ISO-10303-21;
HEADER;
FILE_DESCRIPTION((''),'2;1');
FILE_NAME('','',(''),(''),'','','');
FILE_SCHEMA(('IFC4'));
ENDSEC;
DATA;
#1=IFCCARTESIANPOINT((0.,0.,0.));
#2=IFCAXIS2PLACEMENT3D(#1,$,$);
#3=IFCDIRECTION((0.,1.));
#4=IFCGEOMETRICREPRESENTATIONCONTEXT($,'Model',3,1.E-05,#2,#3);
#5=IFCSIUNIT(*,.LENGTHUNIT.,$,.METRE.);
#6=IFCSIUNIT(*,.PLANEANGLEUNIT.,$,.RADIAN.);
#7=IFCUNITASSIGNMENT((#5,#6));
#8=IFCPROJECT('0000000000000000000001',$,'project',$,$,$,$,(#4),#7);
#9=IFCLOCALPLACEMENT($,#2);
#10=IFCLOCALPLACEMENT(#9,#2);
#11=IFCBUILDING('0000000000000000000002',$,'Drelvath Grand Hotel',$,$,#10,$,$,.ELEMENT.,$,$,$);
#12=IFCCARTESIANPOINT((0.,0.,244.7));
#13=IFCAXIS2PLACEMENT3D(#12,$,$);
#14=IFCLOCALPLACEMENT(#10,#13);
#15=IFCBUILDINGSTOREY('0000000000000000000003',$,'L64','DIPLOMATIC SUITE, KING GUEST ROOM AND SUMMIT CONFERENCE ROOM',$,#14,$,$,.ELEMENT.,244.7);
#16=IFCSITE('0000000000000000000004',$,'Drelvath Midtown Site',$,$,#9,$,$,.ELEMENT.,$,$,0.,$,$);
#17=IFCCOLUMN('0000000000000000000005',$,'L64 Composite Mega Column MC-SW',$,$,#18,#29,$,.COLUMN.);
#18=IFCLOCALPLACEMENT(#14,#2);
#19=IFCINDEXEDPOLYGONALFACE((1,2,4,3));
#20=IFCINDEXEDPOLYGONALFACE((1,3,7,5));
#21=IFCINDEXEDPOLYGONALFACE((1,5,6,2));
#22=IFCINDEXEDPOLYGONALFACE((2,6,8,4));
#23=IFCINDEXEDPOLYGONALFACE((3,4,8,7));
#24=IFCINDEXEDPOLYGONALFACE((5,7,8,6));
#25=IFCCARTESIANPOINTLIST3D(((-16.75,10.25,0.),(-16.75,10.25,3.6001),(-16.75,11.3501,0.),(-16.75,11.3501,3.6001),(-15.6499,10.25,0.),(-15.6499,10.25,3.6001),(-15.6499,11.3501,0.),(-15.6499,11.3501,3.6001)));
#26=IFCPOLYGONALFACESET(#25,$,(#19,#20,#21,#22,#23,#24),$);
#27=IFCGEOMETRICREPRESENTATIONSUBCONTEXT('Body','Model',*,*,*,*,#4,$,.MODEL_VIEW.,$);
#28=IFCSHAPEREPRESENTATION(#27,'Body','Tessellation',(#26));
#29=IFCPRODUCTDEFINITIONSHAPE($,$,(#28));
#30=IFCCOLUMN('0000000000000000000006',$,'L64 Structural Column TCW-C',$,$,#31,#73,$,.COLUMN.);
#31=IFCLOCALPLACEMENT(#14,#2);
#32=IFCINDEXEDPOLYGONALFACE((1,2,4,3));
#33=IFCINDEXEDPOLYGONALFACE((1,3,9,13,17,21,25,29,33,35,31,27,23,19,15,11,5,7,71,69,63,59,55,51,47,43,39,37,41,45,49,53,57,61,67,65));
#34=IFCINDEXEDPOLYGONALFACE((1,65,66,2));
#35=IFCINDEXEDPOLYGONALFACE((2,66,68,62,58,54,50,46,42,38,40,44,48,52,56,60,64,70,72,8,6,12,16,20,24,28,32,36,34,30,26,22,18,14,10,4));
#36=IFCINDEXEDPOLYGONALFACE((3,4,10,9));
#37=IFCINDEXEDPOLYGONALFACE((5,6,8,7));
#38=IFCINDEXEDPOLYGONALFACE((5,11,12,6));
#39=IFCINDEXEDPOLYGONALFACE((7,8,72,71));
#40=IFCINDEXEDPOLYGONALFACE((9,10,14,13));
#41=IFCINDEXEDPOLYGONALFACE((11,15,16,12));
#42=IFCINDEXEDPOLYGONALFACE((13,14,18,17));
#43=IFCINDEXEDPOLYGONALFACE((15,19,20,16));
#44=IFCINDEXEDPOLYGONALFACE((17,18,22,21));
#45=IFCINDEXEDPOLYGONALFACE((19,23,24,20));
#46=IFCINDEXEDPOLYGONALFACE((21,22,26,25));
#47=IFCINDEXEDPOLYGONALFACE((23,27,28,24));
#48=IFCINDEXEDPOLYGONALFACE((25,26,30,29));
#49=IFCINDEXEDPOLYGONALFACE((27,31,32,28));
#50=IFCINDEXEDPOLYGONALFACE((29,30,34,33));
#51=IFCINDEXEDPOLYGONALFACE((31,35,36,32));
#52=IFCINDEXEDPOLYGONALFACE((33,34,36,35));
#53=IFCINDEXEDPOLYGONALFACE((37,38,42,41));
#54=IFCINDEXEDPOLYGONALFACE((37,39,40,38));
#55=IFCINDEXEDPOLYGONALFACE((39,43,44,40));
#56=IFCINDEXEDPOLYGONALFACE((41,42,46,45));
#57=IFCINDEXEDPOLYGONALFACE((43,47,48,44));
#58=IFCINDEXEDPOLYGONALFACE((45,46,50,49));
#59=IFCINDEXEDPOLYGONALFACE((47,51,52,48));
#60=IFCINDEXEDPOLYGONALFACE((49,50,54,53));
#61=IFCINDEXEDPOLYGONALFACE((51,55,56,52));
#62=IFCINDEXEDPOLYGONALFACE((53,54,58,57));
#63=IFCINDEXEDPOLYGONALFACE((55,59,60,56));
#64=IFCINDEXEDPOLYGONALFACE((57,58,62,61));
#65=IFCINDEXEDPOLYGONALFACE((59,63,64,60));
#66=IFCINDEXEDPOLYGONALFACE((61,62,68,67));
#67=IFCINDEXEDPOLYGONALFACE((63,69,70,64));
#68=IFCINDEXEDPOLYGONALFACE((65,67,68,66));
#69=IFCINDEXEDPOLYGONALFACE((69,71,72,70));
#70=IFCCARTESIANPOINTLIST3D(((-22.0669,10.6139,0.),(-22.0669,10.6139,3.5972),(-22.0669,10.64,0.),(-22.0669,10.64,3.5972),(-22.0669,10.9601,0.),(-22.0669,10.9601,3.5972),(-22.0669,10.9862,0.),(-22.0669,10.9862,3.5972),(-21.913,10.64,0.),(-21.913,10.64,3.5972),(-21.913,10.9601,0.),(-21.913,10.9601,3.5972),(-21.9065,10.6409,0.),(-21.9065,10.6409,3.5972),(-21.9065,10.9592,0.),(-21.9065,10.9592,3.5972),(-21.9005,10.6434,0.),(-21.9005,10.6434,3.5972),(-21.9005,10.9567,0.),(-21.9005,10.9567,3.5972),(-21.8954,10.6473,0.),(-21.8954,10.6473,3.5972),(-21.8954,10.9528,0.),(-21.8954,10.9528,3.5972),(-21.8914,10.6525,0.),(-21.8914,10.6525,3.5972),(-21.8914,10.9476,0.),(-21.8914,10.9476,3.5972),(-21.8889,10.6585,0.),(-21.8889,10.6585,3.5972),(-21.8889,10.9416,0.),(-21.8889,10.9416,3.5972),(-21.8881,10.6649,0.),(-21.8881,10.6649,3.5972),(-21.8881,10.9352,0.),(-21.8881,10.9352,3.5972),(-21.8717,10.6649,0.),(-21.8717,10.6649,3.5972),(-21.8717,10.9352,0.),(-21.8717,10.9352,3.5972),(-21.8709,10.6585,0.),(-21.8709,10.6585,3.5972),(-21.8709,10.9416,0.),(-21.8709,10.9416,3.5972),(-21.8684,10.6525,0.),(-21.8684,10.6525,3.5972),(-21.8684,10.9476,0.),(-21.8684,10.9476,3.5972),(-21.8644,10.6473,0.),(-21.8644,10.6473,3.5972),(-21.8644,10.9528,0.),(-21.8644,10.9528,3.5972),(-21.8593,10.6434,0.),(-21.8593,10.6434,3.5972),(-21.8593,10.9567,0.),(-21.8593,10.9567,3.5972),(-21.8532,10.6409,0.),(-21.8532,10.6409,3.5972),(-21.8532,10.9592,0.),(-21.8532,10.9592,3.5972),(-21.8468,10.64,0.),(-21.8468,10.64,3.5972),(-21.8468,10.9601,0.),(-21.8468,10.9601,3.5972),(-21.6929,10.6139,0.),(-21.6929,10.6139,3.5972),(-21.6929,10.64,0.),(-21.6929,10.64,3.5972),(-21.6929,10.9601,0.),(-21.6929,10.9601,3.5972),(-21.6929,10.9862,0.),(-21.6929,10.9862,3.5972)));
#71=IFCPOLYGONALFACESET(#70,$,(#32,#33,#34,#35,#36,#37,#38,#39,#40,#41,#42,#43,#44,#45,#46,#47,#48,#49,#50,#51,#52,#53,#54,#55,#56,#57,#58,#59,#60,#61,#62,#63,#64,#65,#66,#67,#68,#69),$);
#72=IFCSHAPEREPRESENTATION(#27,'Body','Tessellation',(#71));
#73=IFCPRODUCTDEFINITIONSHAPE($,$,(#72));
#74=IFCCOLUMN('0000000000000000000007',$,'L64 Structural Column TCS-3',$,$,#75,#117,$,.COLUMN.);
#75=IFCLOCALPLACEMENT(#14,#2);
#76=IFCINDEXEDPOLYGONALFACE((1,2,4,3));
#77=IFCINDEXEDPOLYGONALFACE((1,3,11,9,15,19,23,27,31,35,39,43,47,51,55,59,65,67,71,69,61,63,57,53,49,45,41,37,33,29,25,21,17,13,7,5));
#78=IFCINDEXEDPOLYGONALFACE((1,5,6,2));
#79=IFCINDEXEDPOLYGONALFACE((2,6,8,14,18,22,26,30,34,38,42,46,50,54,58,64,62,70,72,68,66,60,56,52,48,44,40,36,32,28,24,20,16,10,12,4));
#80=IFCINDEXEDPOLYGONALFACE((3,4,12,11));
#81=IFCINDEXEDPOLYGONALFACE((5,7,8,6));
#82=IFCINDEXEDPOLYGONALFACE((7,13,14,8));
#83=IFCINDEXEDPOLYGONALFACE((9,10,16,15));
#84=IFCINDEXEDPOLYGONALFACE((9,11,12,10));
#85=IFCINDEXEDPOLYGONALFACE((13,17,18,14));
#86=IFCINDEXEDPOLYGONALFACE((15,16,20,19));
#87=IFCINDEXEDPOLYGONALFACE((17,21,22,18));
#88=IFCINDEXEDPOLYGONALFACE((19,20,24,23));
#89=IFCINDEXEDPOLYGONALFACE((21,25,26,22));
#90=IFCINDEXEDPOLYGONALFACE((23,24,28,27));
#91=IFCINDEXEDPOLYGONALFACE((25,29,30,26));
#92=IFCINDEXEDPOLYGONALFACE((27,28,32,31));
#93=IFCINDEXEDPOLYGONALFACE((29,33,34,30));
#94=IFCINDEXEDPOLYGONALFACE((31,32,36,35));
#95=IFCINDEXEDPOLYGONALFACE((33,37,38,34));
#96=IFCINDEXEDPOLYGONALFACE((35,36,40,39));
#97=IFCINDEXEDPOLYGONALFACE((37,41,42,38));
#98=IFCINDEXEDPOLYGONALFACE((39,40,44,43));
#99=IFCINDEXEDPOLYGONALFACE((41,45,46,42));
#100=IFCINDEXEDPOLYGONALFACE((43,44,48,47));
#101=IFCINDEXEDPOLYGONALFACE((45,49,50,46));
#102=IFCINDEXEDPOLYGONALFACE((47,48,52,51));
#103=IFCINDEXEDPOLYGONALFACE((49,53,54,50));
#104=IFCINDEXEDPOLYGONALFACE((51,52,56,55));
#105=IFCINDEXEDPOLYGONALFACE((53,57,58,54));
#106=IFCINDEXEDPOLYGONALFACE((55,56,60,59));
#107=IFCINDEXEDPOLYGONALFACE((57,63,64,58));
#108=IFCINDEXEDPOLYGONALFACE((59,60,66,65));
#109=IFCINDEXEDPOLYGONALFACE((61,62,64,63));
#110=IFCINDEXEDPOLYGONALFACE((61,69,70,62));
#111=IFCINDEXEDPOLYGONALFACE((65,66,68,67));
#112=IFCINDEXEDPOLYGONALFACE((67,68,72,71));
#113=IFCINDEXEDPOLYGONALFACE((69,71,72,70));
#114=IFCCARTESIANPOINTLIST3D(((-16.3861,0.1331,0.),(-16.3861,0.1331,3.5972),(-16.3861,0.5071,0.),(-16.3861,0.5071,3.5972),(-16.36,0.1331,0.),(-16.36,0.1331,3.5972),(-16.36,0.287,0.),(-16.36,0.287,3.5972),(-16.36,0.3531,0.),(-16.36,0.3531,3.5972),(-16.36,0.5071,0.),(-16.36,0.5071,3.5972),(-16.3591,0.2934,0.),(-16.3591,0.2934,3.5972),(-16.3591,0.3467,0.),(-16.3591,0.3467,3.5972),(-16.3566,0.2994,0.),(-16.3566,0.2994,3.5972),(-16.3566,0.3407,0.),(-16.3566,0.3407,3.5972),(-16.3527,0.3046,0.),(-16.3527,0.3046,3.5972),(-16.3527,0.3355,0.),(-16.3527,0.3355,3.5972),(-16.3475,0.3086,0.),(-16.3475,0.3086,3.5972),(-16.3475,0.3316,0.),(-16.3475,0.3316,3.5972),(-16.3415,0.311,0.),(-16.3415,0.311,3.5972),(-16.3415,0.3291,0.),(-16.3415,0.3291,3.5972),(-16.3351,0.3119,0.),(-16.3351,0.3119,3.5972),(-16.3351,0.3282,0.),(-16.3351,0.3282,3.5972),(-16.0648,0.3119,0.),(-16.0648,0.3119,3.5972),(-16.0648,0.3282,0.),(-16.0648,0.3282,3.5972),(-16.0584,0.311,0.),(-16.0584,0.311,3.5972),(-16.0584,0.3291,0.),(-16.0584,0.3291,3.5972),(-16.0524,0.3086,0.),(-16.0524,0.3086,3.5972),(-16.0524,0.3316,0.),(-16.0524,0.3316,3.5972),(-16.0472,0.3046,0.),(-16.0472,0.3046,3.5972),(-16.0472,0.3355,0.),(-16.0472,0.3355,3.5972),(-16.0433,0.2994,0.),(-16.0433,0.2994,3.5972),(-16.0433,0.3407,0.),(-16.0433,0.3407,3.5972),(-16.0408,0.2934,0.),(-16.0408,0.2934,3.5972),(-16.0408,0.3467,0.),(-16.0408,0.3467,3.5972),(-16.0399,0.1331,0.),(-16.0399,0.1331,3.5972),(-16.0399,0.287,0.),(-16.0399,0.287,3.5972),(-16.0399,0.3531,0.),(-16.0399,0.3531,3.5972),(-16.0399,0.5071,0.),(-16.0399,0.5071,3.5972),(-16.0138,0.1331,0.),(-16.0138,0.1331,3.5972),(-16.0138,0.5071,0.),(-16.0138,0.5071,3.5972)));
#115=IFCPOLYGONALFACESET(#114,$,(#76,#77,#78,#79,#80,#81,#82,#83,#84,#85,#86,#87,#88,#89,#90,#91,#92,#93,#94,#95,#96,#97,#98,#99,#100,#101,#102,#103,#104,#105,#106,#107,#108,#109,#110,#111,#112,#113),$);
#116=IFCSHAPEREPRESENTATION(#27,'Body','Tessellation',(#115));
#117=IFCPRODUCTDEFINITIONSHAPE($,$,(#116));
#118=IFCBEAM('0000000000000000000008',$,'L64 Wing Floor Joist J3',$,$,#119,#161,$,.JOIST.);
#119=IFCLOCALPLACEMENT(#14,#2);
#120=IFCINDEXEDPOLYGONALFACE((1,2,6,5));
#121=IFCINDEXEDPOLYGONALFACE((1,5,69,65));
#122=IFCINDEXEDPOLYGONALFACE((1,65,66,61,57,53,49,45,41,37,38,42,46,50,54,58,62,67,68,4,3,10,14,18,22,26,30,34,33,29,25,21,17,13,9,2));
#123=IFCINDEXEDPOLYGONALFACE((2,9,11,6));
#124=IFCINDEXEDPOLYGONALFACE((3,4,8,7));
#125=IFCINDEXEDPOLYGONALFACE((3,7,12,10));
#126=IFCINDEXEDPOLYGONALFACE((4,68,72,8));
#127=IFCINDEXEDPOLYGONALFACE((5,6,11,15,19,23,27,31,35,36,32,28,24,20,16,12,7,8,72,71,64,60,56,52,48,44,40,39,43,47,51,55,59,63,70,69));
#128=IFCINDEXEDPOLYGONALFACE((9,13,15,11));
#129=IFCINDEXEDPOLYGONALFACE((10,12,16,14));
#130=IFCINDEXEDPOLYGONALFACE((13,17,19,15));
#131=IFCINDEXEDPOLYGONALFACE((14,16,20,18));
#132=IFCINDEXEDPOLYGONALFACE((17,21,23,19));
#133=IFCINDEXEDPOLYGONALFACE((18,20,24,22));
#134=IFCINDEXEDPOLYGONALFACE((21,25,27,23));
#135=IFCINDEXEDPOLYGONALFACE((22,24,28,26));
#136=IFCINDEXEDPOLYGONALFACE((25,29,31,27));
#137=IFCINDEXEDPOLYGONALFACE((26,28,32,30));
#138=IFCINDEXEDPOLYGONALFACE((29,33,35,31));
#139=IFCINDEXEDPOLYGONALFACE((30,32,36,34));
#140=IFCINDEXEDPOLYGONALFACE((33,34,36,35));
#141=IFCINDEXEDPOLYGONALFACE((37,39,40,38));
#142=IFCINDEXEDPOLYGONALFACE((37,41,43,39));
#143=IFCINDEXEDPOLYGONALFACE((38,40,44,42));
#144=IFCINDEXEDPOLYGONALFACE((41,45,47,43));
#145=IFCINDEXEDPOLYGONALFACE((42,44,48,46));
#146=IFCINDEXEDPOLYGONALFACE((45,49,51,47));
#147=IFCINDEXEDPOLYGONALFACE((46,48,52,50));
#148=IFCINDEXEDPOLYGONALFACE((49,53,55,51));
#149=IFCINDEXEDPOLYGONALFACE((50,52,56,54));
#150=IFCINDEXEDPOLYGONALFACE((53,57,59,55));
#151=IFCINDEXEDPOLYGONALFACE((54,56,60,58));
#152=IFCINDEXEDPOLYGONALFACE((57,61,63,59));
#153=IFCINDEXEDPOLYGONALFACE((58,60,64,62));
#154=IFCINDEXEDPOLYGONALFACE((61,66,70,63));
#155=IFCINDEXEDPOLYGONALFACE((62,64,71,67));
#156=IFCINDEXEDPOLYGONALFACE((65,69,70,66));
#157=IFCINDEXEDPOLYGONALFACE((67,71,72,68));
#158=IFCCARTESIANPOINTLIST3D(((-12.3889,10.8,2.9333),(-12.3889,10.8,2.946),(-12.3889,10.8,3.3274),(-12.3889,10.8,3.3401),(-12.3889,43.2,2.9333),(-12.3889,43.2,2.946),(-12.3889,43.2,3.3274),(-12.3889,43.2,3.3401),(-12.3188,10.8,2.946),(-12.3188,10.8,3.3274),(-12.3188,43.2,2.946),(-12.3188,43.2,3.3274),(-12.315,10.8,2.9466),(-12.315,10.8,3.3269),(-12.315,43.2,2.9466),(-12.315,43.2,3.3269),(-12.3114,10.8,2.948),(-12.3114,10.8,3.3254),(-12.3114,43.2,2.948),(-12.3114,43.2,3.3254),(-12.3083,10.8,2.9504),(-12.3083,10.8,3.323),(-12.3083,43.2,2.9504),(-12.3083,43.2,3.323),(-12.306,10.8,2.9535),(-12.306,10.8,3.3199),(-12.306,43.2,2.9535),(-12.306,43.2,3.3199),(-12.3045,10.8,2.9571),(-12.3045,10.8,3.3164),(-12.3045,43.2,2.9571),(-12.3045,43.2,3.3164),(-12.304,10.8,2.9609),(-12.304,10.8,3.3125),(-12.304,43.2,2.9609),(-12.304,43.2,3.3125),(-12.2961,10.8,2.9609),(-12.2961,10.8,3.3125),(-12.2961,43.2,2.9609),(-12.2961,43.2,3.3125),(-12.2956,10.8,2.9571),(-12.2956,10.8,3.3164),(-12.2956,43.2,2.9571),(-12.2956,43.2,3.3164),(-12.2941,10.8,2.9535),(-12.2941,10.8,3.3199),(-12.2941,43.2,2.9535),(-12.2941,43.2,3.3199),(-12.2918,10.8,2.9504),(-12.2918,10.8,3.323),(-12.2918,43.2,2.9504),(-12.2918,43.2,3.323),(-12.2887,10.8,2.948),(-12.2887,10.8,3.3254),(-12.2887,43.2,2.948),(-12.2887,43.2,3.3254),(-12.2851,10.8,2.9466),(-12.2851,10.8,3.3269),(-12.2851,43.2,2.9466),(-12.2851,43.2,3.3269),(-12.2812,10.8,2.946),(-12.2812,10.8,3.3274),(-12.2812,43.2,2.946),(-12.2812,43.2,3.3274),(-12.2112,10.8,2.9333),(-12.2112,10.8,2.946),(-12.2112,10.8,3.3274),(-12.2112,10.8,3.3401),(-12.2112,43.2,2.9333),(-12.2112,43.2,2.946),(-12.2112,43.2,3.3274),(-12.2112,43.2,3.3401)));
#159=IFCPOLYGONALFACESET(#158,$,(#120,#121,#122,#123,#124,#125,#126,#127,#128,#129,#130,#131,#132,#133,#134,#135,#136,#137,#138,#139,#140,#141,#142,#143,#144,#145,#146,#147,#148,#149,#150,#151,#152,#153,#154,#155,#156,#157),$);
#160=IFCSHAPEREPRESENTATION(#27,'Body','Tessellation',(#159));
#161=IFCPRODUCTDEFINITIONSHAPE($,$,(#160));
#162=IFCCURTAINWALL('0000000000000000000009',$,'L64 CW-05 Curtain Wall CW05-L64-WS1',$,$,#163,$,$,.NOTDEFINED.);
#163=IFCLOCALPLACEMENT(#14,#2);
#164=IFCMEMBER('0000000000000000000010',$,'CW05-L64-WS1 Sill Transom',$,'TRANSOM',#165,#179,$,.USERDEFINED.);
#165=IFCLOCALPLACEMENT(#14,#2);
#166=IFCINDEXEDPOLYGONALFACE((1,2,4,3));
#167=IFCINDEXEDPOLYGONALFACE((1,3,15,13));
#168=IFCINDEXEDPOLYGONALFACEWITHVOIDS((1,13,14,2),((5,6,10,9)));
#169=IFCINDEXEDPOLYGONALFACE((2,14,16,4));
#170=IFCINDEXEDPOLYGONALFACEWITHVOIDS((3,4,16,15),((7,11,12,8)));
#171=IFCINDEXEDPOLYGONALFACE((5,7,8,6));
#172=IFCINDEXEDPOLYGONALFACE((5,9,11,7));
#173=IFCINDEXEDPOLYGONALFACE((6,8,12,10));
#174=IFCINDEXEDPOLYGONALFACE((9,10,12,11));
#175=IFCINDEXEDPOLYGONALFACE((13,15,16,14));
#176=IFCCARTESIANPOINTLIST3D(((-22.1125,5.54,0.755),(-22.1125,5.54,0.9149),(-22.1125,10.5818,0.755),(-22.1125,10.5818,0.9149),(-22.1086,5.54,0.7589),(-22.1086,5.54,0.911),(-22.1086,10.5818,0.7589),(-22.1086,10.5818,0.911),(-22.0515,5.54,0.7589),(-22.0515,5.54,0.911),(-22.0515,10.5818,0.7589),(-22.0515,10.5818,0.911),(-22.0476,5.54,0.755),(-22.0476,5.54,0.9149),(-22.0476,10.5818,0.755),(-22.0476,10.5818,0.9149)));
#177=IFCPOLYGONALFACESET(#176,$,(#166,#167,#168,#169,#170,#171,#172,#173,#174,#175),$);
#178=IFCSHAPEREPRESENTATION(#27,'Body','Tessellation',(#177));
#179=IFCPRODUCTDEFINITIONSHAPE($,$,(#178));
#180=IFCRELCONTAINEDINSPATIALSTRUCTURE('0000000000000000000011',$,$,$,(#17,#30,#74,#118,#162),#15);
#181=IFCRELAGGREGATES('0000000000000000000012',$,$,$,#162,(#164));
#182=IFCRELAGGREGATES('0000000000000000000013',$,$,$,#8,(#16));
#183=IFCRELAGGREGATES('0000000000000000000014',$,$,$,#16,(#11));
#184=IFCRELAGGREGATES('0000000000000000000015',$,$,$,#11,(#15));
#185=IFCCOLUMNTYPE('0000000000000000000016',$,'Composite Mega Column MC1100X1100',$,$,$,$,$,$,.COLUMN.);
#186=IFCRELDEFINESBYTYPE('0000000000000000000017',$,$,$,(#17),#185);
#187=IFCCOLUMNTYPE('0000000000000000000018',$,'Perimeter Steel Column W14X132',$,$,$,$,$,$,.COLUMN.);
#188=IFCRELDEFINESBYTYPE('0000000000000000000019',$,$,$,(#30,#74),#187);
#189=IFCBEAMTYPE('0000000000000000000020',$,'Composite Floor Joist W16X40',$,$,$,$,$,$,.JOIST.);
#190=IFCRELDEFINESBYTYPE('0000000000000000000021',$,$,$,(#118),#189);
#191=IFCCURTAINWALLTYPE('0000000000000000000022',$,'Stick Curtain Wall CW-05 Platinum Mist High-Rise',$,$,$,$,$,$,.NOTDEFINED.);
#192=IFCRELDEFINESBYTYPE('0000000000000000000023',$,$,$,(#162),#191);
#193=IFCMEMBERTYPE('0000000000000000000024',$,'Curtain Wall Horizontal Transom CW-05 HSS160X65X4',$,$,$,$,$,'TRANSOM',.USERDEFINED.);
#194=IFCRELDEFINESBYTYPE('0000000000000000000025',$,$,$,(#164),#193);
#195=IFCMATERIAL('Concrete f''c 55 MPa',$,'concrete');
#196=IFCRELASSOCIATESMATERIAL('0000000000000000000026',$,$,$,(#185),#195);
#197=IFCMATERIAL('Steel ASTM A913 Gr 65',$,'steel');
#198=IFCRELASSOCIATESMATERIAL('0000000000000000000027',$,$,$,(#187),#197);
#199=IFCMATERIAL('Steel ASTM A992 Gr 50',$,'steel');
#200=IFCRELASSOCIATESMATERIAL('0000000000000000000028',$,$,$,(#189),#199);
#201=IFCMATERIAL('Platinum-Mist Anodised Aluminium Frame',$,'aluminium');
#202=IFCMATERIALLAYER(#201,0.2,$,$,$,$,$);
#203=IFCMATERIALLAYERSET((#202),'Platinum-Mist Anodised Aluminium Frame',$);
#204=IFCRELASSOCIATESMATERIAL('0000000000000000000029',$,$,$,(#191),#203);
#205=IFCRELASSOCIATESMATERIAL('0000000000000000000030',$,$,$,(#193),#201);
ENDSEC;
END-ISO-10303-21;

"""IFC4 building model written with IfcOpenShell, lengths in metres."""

from ifc_helpers import new_model, si_unit, direction, frame, origin, origin_2d, place, context, subcontext, project, spatial, rectangle, hollow_rectangle, i_section, extrude, material, layer, layer_set, material_profile, profile_set, type_object, element, aggregate, save


model = new_model("IFC4")

# Units and contexts
model_context = context("Model", 3, precision=1e-05, world=origin(), true_north=direction((0.0, 1.0)))
body_context = subcontext(model_context, "Body", "Model", "MODEL_VIEW")
ifc_project = project(units=[si_unit("LENGTHUNIT", "METRE"), si_unit("PLANEANGLEUNIT", "RADIAN")], contexts=[model_context])

# Site, building, storey
site_placement = place(None, origin())
site = spatial("IfcSite", under=ifc_project, at=site_placement, Name="Drelvath Midtown Site", CompositionType="ELEMENT", RefElevation=0.0)
building_placement = place(site_placement, origin())
building = spatial("IfcBuilding", under=site, at=building_placement, Name="Drelvath Grand Hotel", CompositionType="ELEMENT")
storey_placement = place(building_placement, frame((0.0, 0.0, 244.7)))
storey = spatial("IfcBuildingStorey", under=building, at=storey_placement, Name="L64", Description="DIPLOMATIC SUITE, KING GUEST ROOM AND SUMMIT CONFERENCE ROOM", CompositionType="ELEMENT", Elevation=244.7)

# Columns
ifc_material_1 = material(Name="Concrete f'c 55 MPa", Category="concrete")
ifc_material_profile_1 = material_profile(ifc_material_1, rectangle(XDim=1.1001, YDim=1.1001, at=origin_2d()), Name="MC1100X1100")
ifc_profile_set_1 = profile_set([ifc_material_profile_1], Name="Concrete f'c 55 MPa")
column_type_1 = type_object("IfcColumnType", Name="Composite Mega Column MC1100X1100", PredefinedType="COLUMN", material=ifc_profile_set_1)
column_placement = place(storey_placement, frame((-16.2, 10.8, 0.0), z_axis=(0.0, 0.0, 1.0), x_axis=(1.0, 0.0, 0.0)))
element("IfcColumn", 1, at=column_placement, inside=storey, type_object=column_type_1, Name="L64 Composite Mega Column MC-SW", PredefinedType="COLUMN", context=body_context, shape_type="SweptSolid", body=[
    extrude(rectangle(XDim=1.1001, YDim=1.1001, at=origin_2d()), origin(), (0.0, 0.0, 1.0), 3.6001),
])
ifc_material_2 = material(Name="Steel ASTM A913 Gr 65", Category="steel")
ifc_material_profile_2 = material_profile(ifc_material_2, i_section(OverallWidth=0.374, OverallDepth=0.3723, WebThickness=0.0164, FlangeThickness=0.0261, FilletRadius=0.0249, at=origin_2d()), Name="W14X132")
ifc_profile_set_2 = profile_set([ifc_material_profile_2], Name="Steel ASTM A913 Gr 65")
column_type_2 = type_object("IfcColumnType", Name="Perimeter Steel Column W14X132", PredefinedType="COLUMN", material=ifc_profile_set_2)
for number, where, z_axis, x_axis, name in (
    (2, (-21.8799, 10.8, 0.0), (0.0, 0.0, 1.0), (1.0, 0.0, 0.0), "L64 Structural Column TCW-C"),
    (3, (-16.2, 0.3201, 0.0), (0.0, 0.0, 1.0), (0.0, 1.0, 0.0), "L64 Structural Column TCS-3"),
):
    element("IfcColumn", number, at=place(storey_placement, frame(where, z_axis=z_axis, x_axis=x_axis)), inside=storey, type_object=column_type_2, Name=name, PredefinedType="COLUMN", context=body_context, shape_type="SweptSolid", body=[
        extrude(i_section(OverallWidth=0.374, OverallDepth=0.3723, WebThickness=0.0164, FlangeThickness=0.0261, FilletRadius=0.0249, at=origin_2d()), origin(), (0.0, 0.0, 1.0), 3.5972),
    ])

# Beam
ifc_material_3 = material(Name="Steel ASTM A992 Gr 50", Category="steel")
ifc_material_profile_3 = material_profile(ifc_material_3, i_section(OverallWidth=0.1777, OverallDepth=0.4067, WebThickness=0.0078, FlangeThickness=0.0127, FilletRadius=0.0149, at=origin_2d()), Name="W16X40")
ifc_profile_set_3 = profile_set([ifc_material_profile_3], Name="Steel ASTM A992 Gr 50")
beam_type_1 = type_object("IfcBeamType", Name="Composite Floor Joist W16X40", PredefinedType="JOIST", material=ifc_profile_set_3)
beam_1_placement = place(storey_placement, frame((-12.3, 10.8, 3.1367), z_axis=(0.0, 1.0, 0.0), x_axis=(-1.0, 0.0, 0.0)))
element("IfcBeam", 4, at=beam_1_placement, inside=storey, type_object=beam_type_1, Name="L64 Wing Floor Joist J3", PredefinedType="JOIST", context=body_context, shape_type="SweptSolid", body=[
    extrude(i_section(OverallWidth=0.1777, OverallDepth=0.4067, WebThickness=0.0078, FlangeThickness=0.0127, FilletRadius=0.0149, at=origin_2d()), origin(), (0.0, 0.0, 1.0), 32.3999),
])

# Curtain wall, member
ifc_material_4 = material(Name="Platinum-Mist Anodised Aluminium Frame", Category="aluminium")
ifc_layer_1 = layer(ifc_material_4, 0.2)
ifc_layer_set_1 = layer_set([ifc_layer_1], Name="Platinum-Mist Anodised Aluminium Frame")
curtain_wall_type = type_object("IfcCurtainWallType", Name="Stick Curtain Wall CW-05 Platinum Mist High-Rise", PredefinedType="NOTDEFINED", material=ifc_layer_set_1)
curtain_wall_1_placement = place(storey_placement, origin())
curtain_wall_1 = element("IfcCurtainWall", 5, at=curtain_wall_1_placement, inside=storey, type_object=curtain_wall_type, Name="L64 CW-05 Curtain Wall CW05-L64-WS1", PredefinedType="NOTDEFINED")
ifc_material_profile_4 = material_profile(ifc_material_4, hollow_rectangle(XDim=0.0649, YDim=0.1599, WallThickness=0.0039, at=origin_2d()), Name="HSS160X65X4")
ifc_profile_set_4 = profile_set([ifc_material_profile_4], Name="Platinum-Mist Anodised Aluminium Frame")
member_type_1 = type_object("IfcMemberType", Name="Curtain Wall Horizontal Transom CW-05 HSS160X65X4", ElementType="TRANSOM", PredefinedType="USERDEFINED", material=ifc_profile_set_4)
member_1_placement = place(storey_placement, frame((-22.0801, 5.54, 0.835), z_axis=(0.0, 1.0, 0.0), x_axis=(-1.0, 0.0, 0.0)))
member_1 = element("IfcMember", 6, at=member_1_placement, type_object=member_type_1, Name="CW05-L64-WS1 Sill Transom", ObjectType="TRANSOM", PredefinedType="USERDEFINED", context=body_context, shape_type="SweptSolid", body=[
    extrude(hollow_rectangle(XDim=0.0649, YDim=0.1599, WallThickness=0.0039, at=origin_2d()), origin(), (0.0, 0.0, 1.0), 5.0417),
])

aggregate(curtain_wall_1, [member_1])

save(model, "model.ifc")
